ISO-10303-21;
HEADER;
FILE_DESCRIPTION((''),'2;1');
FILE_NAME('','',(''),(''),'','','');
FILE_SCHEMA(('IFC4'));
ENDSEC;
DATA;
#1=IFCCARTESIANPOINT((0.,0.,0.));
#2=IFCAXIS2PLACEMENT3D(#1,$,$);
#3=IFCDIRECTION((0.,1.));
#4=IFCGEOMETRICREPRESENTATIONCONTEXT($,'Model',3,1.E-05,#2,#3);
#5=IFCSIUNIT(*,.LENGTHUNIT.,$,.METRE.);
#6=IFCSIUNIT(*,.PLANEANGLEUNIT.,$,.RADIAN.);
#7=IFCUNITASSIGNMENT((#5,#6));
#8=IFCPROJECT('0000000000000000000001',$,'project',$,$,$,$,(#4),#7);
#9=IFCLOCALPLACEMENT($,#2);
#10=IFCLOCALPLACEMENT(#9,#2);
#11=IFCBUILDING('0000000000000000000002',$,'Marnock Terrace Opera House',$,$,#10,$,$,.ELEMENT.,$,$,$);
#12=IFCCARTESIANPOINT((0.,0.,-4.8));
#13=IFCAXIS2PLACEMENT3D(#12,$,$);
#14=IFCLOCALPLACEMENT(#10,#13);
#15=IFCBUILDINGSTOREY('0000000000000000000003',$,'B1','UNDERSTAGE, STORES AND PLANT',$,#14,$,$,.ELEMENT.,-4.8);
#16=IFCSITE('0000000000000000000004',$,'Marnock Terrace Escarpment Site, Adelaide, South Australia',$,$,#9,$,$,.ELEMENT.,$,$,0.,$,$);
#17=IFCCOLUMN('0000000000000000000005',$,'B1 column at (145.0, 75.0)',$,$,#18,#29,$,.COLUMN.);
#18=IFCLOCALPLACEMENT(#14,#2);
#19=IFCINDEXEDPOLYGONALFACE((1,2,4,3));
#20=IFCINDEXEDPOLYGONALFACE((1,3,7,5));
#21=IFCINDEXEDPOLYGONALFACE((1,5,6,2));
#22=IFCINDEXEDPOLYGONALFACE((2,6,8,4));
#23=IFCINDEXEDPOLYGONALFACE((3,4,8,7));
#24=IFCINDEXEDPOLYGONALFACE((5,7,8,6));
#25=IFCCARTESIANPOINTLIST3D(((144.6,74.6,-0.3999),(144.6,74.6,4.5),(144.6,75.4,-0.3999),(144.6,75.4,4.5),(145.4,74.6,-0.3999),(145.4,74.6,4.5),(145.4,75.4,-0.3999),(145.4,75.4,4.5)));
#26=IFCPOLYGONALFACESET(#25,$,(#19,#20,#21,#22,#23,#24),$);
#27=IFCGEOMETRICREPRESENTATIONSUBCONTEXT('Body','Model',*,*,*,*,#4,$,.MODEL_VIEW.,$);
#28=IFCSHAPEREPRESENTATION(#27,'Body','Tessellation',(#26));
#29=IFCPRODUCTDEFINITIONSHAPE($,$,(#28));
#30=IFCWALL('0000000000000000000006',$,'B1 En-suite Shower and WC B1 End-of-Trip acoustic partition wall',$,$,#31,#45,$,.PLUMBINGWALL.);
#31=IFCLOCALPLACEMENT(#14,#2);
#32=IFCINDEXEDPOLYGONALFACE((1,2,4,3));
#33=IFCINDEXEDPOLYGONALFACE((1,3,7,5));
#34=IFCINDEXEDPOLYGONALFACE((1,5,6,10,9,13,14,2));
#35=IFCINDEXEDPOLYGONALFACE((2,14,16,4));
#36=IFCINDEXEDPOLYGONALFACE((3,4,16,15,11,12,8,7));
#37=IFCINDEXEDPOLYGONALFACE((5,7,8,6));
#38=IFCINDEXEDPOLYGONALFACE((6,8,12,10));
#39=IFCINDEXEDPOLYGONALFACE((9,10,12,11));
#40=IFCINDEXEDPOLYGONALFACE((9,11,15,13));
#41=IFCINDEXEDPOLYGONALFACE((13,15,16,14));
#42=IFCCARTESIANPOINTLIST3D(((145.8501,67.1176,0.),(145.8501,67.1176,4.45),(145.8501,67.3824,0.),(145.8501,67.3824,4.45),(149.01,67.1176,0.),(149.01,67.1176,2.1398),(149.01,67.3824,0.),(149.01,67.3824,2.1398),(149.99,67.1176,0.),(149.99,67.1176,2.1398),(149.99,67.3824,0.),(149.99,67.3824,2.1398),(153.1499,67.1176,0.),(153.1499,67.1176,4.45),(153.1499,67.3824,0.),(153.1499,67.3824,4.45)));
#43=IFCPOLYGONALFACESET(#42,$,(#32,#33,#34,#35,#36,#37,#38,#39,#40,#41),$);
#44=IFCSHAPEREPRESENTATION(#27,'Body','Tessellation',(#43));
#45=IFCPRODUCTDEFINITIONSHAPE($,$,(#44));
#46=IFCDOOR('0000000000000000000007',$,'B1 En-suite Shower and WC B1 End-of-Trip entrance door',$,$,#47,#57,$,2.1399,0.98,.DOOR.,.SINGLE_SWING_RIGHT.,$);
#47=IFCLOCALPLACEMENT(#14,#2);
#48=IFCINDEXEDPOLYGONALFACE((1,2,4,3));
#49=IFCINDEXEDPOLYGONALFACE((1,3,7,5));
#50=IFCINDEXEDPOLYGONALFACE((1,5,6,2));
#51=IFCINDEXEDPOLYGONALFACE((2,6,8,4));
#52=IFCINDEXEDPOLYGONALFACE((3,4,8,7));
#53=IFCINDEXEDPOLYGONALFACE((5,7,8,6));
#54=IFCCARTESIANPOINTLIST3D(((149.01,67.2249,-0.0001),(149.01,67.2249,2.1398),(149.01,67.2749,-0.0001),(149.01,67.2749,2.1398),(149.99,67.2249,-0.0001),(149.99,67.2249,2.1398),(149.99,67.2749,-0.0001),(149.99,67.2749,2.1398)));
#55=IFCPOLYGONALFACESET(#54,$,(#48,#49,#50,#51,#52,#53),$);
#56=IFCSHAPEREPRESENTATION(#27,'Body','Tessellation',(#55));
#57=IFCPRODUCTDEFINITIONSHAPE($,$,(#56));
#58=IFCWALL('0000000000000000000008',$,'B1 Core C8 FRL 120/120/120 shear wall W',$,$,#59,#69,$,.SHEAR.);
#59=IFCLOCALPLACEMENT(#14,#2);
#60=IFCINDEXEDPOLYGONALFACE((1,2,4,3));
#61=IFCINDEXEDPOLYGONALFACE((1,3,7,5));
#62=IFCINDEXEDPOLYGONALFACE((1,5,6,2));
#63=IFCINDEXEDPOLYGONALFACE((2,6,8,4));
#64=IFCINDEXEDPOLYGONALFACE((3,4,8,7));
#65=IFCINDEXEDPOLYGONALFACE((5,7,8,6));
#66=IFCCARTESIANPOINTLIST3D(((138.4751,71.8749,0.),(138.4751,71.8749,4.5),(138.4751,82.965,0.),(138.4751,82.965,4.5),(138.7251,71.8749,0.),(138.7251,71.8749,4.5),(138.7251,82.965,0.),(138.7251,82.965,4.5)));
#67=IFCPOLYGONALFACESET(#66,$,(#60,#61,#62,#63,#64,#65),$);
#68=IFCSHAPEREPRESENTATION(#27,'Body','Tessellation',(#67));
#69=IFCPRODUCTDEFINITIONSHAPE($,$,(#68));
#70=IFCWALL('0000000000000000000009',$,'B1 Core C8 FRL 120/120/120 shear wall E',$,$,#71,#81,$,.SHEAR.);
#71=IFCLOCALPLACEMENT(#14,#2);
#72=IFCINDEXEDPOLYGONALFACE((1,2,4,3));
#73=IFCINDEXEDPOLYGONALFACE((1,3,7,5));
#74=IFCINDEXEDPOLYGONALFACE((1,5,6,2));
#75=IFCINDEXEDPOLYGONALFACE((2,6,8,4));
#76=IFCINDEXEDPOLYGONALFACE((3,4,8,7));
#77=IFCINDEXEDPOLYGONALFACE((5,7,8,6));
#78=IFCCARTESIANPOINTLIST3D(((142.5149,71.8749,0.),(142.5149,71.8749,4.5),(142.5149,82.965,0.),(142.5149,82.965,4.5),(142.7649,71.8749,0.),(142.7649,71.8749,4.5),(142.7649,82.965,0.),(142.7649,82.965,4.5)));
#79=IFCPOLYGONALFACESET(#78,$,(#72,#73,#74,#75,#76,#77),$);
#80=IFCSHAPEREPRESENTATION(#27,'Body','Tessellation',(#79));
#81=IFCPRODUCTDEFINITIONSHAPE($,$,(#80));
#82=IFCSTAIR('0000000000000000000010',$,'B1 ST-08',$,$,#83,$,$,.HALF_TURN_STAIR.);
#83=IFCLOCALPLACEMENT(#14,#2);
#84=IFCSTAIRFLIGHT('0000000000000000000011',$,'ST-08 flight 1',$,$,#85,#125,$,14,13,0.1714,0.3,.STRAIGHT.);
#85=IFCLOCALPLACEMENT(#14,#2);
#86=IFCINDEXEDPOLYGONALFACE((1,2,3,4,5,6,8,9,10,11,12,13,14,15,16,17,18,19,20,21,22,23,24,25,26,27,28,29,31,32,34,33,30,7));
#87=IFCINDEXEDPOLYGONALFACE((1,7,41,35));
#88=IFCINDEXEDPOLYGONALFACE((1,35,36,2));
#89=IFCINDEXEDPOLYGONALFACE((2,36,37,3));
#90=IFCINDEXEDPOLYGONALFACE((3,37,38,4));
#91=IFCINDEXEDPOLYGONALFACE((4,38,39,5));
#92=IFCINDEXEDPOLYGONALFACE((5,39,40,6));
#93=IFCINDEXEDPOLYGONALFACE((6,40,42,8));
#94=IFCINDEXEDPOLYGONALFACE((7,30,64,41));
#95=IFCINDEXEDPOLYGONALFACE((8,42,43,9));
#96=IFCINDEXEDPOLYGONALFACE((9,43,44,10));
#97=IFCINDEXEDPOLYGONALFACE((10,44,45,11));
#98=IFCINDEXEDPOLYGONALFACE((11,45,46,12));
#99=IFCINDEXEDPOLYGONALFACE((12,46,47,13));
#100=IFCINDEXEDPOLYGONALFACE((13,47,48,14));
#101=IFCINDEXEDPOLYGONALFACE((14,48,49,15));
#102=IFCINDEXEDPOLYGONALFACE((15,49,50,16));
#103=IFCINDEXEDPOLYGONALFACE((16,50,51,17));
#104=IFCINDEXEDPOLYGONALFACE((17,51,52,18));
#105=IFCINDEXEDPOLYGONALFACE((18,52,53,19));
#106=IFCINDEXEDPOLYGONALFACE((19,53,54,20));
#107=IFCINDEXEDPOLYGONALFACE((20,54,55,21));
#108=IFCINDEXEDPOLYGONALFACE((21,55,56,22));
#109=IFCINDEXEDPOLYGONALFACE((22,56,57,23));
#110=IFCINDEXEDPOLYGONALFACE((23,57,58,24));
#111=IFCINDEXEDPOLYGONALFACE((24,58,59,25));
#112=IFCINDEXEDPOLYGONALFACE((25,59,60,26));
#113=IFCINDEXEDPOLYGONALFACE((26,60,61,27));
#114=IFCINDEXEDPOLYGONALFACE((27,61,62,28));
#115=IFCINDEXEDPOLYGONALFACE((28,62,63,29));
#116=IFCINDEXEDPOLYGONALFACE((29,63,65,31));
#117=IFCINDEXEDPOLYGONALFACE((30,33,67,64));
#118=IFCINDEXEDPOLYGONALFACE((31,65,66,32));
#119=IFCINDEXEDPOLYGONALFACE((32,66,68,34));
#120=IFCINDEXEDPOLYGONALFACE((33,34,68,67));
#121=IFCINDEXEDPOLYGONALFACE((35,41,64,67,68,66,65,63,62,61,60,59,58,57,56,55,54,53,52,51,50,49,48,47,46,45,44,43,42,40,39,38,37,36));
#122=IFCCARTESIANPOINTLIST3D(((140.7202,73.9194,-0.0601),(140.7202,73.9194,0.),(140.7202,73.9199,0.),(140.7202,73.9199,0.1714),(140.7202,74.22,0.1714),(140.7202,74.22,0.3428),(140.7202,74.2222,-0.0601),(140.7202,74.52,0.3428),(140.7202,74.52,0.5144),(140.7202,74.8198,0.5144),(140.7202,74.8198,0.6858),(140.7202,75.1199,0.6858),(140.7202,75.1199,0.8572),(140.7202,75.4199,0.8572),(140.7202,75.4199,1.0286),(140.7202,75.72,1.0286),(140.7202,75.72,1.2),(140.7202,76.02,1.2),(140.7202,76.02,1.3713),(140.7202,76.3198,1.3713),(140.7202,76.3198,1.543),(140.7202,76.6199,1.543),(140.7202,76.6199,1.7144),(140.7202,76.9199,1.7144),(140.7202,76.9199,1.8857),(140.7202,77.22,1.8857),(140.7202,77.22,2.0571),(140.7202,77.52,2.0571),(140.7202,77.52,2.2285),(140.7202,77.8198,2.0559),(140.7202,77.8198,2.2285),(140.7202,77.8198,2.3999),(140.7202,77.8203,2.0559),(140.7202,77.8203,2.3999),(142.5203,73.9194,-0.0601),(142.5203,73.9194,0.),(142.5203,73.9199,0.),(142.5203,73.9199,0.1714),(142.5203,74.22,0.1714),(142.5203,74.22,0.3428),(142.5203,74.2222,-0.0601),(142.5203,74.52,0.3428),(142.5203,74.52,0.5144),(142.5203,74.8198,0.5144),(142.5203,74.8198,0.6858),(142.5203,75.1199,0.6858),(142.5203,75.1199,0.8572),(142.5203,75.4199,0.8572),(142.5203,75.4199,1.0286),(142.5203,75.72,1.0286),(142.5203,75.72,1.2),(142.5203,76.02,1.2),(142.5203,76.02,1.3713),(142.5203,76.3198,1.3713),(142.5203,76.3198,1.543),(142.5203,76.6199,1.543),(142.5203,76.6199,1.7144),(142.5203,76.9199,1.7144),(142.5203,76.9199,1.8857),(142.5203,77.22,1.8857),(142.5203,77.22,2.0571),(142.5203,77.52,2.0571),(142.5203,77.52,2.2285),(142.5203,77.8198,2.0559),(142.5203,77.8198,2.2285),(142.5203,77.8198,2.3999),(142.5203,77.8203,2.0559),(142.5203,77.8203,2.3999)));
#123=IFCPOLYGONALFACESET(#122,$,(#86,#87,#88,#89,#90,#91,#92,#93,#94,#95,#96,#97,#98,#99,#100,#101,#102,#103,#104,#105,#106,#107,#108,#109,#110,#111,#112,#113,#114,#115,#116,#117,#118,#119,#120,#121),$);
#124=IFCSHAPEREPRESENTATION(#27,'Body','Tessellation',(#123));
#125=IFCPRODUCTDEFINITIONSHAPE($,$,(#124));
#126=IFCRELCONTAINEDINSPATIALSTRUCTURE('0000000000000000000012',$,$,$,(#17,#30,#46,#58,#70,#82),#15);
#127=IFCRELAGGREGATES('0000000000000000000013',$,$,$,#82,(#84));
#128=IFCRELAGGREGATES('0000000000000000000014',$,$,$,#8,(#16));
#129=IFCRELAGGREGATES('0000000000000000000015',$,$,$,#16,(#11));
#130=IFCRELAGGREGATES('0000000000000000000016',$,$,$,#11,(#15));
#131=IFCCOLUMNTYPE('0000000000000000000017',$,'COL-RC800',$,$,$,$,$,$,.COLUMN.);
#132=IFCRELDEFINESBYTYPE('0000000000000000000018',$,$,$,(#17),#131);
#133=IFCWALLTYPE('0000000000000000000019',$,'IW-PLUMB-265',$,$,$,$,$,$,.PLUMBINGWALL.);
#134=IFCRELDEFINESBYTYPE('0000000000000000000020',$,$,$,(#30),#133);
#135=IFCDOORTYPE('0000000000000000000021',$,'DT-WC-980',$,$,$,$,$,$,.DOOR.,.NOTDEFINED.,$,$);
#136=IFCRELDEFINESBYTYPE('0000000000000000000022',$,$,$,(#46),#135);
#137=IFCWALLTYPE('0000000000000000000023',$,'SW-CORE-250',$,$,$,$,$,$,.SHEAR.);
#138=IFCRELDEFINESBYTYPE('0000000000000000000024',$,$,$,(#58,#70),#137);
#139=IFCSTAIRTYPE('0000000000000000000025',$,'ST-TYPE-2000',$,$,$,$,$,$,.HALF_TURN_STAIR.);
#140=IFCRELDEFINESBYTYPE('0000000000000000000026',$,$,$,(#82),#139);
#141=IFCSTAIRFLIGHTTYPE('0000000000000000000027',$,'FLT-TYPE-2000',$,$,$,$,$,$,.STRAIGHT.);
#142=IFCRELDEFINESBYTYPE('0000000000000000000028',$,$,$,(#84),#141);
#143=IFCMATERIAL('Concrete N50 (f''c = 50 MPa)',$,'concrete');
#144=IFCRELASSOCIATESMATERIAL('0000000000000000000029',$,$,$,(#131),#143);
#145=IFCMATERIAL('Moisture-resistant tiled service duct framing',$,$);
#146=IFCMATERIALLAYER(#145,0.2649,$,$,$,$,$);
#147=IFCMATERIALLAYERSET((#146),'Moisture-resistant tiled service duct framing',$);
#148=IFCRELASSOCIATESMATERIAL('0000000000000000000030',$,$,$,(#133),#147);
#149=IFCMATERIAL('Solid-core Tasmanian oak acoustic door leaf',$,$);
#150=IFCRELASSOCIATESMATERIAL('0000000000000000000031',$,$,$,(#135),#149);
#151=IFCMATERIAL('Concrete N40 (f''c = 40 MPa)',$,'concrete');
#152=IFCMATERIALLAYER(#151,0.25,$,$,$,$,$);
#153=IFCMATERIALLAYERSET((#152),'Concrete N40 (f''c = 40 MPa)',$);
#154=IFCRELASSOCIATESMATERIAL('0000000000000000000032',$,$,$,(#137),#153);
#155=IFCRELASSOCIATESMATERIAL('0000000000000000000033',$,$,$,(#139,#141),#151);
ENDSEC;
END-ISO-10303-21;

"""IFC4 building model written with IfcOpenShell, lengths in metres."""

from ifc_helpers import new_model, si_unit, direction, frame, frame_2d, origin, origin_2d, place, context, subcontext, project, spatial, polyline, rectangle, outline, extrude, material, layer, layer_set, material_profile, profile_set, type_object, element, fill, aggregate, save


model = new_model("IFC4")

# Units and contexts
model_context = context("Model", 3, precision=1e-05, world=origin(), true_north=direction((0.0, 1.0)))
body_context = subcontext(model_context, "Body", "Model", "MODEL_VIEW")
ifc_project = project(units=[si_unit("LENGTHUNIT", "METRE"), si_unit("PLANEANGLEUNIT", "RADIAN")], contexts=[model_context])

# Site, building, storey
site_placement = place(None, origin())
site = spatial("IfcSite", under=ifc_project, at=site_placement, Name="Marnock Terrace Escarpment Site, Adelaide, South Australia", CompositionType="ELEMENT", RefElevation=0.0)
building_placement = place(site_placement, origin())
building = spatial("IfcBuilding", under=site, at=building_placement, Name="Marnock Terrace Opera House", CompositionType="ELEMENT")
storey_placement = place(building_placement, frame((0.0, 0.0, -4.8)))
storey = spatial("IfcBuildingStorey", under=building, at=storey_placement, Name="B1", Description="UNDERSTAGE, STORES AND PLANT", CompositionType="ELEMENT", Elevation=-4.8)

# Shared definitions
ifc_material_1 = material(Name="Concrete N40 (f'c = 40 MPa)", Category="concrete")

# Column
ifc_material_2 = material(Name="Concrete N50 (f'c = 50 MPa)", Category="concrete")
ifc_material_profile_1 = material_profile(ifc_material_2, rectangle(XDim=0.8, YDim=0.8, at=origin_2d()))
ifc_profile_set_1 = profile_set([ifc_material_profile_1], Name="Concrete N50 (f'c = 50 MPa)")
column_type = type_object("IfcColumnType", Name="COL-RC800", PredefinedType="COLUMN", material=ifc_profile_set_1)
for number, where, z_axis, x_axis, name in (
    (1, (145.0, 75.0, -0.3999), (0.0, 0.0, 1.0), (1.0, 0.0, 0.0), "B1 column at (145.0, 75.0)"),
):
    element("IfcColumn", number, at=place(storey_placement, frame(where, z_axis=z_axis, x_axis=x_axis)), inside=storey, type_object=column_type, Name=name, PredefinedType="COLUMN", context=body_context, shape_type="SweptSolid", body=[
        extrude(rectangle(XDim=0.8, YDim=0.8, at=origin_2d()), origin(), (0.0, 0.0, 1.0), 4.8999),
    ])

# Wall, opening, door
ifc_material_3 = material(Name="Moisture-resistant tiled service duct framing")
ifc_layer_1 = layer(ifc_material_3, 0.2649)
ifc_layer_set_1 = layer_set([ifc_layer_1], Name="Moisture-resistant tiled service duct framing")
wall_type_1 = type_object("IfcWallType", Name="IW-PLUMB-265", PredefinedType="PLUMBINGWALL", material=ifc_layer_set_1)
wall_placement = place(storey_placement, frame((145.8501, 67.25, 0.0), z_axis=(0.0, 0.0, 1.0), x_axis=(1.0, 0.0, 0.0)))
wall = element("IfcWall", 2, at=wall_placement, inside=storey, type_object=wall_type_1, Name="B1 En-suite Shower and WC B1 End-of-Trip acoustic partition wall", PredefinedType="PLUMBINGWALL", context=body_context, shape_type="SweptSolid", body=[
    extrude(rectangle(XDim=7.2998, YDim=0.2649, at=frame_2d((3.6499, 0.0))), origin(), (0.0, 0.0, 1.0), 4.45),
])
opening_placement = place(wall_placement, frame((3.1599, 0.0, 0.0)))
opening = element("IfcOpeningElement", 3, at=opening_placement, cuts=wall, PredefinedType="OPENING", context=body_context, shape_type="SweptSolid", body=[
    extrude(rectangle(XDim=0.98, YDim=2.1399, at=frame_2d((0.49, 1.0698))), frame((0.0, 0.1423, 0.0), z_axis=(0.0, -1.0, 0.0), x_axis=(1.0, 0.0, 0.0)), (0.0, 0.0, 1.0), 0.2849),
])
ifc_material_4 = material(Name="Solid-core Tasmanian oak acoustic door leaf")
door_type = type_object("IfcDoorType", Name="DT-WC-980", OperationType="NOTDEFINED", PredefinedType="DOOR", material=ifc_material_4)
door_placement = place(opening_placement, origin())
door = element("IfcDoor", 4, at=door_placement, inside=storey, type_object=door_type, Name="B1 En-suite Shower and WC B1 End-of-Trip entrance door", OperationType="SINGLE_SWING_RIGHT", OverallHeight=2.1399, OverallWidth=0.98, PredefinedType="DOOR", context=body_context, shape_type="SweptSolid", body=[
    extrude(rectangle(XDim=0.98, YDim=2.1399, at=frame_2d((0.49, 1.0698))), frame((0.0, 0.0249, 0.0), z_axis=(0.0, -1.0, 0.0), x_axis=(1.0, 0.0, 0.0)), (0.0, 0.0, 1.0), 0.05),
])
fill(opening, door)

# Walls
ifc_layer_2 = layer(ifc_material_1, 0.25)
ifc_layer_set_2 = layer_set([ifc_layer_2], Name="Concrete N40 (f'c = 40 MPa)")
wall_type_2 = type_object("IfcWallType", Name="SW-CORE-250", PredefinedType="SHEAR", material=ifc_layer_set_2)
for number, where, z_axis, x_axis, name in (
    (5, (138.6001, 71.875, 0.0), (0.0, 0.0, 1.0), (0.0, 1.0, 0.0), "B1 Core C8 FRL 120/120/120 shear wall W"),
    (6, (142.6399, 71.875, 0.0), (0.0, 0.0, 1.0), (0.0, 1.0, 0.0), "B1 Core C8 FRL 120/120/120 shear wall E"),
):
    element("IfcWall", number, at=place(storey_placement, frame(where, z_axis=z_axis, x_axis=x_axis)), inside=storey, type_object=wall_type_2, Name=name, PredefinedType="SHEAR", context=body_context, shape_type="SweptSolid", body=[
        extrude(rectangle(XDim=11.0901, YDim=0.25, at=frame_2d((5.5449, 0.0))), origin(), (0.0, 0.0, 1.0), 4.5),
    ])

# Stair, stair flight
stair_type = type_object("IfcStairType", Name="ST-TYPE-2000", PredefinedType="HALF_TURN_STAIR", material=ifc_material_1)
stair_placement = place(storey_placement, origin())
stair = element("IfcStair", 7, at=stair_placement, inside=storey, type_object=stair_type, Name="B1 ST-08", PredefinedType="HALF_TURN_STAIR")
stair_flight_type = type_object("IfcStairFlightType", Name="FLT-TYPE-2000", PredefinedType="STRAIGHT", material=ifc_material_1)
stair_flight_placement = place(storey_placement, frame((141.6201, 73.9199, 0.0), z_axis=(0.0, 0.0, 1.0), x_axis=(0.0, 1.0, 0.0)))
stair_flight = element("IfcStairFlight", 8, at=stair_flight_placement, type_object=stair_flight_type, Name="ST-08 flight 1", NumberOfRisers=14, NumberOfTreads=13, PredefinedType="STRAIGHT", RiserHeight=0.1714, TreadLength=0.3, context=body_context, shape_type="SweptSolid", body=[
    extrude(outline(polyline([(-0.0005, -0.0601), (-0.0005, 0.0), (0.0, 0.0), (0.0, 0.1714), (0.3, 0.1714), (0.3, 0.3428), (0.6001, 0.3428), (0.6001, 0.5144), (0.8999, 0.5144), (0.8999, 0.6858), (1.2, 0.6858), (1.2, 0.8572), (1.5, 0.8572), (1.5, 1.0286), (1.8, 1.0286), (1.8, 1.2), (2.1001, 1.2), (2.1001, 1.3713), (2.3999, 1.3713), (2.3999, 1.543), (2.7, 1.543), (2.7, 1.7144), (3.0, 1.7144), (3.0, 1.8857), (3.3, 1.8857), (3.3, 2.0571), (3.6001, 2.0571), (3.6001, 2.2285), (3.8999, 2.2285), (3.8999, 2.3999), (3.9004, 2.3999), (3.9004, 2.0559), (3.8999, 2.0559), (0.3022, -0.0601), (-0.0005, -0.0601)])), frame((0.0, 0.8999, 0.0), z_axis=(0.0, -1.0, 0.0), x_axis=(1.0, 0.0, 0.0)), (0.0, 0.0, 1.0), 1.8),
])
aggregate(stair, [stair_flight])

save(model, "model.ifc")
